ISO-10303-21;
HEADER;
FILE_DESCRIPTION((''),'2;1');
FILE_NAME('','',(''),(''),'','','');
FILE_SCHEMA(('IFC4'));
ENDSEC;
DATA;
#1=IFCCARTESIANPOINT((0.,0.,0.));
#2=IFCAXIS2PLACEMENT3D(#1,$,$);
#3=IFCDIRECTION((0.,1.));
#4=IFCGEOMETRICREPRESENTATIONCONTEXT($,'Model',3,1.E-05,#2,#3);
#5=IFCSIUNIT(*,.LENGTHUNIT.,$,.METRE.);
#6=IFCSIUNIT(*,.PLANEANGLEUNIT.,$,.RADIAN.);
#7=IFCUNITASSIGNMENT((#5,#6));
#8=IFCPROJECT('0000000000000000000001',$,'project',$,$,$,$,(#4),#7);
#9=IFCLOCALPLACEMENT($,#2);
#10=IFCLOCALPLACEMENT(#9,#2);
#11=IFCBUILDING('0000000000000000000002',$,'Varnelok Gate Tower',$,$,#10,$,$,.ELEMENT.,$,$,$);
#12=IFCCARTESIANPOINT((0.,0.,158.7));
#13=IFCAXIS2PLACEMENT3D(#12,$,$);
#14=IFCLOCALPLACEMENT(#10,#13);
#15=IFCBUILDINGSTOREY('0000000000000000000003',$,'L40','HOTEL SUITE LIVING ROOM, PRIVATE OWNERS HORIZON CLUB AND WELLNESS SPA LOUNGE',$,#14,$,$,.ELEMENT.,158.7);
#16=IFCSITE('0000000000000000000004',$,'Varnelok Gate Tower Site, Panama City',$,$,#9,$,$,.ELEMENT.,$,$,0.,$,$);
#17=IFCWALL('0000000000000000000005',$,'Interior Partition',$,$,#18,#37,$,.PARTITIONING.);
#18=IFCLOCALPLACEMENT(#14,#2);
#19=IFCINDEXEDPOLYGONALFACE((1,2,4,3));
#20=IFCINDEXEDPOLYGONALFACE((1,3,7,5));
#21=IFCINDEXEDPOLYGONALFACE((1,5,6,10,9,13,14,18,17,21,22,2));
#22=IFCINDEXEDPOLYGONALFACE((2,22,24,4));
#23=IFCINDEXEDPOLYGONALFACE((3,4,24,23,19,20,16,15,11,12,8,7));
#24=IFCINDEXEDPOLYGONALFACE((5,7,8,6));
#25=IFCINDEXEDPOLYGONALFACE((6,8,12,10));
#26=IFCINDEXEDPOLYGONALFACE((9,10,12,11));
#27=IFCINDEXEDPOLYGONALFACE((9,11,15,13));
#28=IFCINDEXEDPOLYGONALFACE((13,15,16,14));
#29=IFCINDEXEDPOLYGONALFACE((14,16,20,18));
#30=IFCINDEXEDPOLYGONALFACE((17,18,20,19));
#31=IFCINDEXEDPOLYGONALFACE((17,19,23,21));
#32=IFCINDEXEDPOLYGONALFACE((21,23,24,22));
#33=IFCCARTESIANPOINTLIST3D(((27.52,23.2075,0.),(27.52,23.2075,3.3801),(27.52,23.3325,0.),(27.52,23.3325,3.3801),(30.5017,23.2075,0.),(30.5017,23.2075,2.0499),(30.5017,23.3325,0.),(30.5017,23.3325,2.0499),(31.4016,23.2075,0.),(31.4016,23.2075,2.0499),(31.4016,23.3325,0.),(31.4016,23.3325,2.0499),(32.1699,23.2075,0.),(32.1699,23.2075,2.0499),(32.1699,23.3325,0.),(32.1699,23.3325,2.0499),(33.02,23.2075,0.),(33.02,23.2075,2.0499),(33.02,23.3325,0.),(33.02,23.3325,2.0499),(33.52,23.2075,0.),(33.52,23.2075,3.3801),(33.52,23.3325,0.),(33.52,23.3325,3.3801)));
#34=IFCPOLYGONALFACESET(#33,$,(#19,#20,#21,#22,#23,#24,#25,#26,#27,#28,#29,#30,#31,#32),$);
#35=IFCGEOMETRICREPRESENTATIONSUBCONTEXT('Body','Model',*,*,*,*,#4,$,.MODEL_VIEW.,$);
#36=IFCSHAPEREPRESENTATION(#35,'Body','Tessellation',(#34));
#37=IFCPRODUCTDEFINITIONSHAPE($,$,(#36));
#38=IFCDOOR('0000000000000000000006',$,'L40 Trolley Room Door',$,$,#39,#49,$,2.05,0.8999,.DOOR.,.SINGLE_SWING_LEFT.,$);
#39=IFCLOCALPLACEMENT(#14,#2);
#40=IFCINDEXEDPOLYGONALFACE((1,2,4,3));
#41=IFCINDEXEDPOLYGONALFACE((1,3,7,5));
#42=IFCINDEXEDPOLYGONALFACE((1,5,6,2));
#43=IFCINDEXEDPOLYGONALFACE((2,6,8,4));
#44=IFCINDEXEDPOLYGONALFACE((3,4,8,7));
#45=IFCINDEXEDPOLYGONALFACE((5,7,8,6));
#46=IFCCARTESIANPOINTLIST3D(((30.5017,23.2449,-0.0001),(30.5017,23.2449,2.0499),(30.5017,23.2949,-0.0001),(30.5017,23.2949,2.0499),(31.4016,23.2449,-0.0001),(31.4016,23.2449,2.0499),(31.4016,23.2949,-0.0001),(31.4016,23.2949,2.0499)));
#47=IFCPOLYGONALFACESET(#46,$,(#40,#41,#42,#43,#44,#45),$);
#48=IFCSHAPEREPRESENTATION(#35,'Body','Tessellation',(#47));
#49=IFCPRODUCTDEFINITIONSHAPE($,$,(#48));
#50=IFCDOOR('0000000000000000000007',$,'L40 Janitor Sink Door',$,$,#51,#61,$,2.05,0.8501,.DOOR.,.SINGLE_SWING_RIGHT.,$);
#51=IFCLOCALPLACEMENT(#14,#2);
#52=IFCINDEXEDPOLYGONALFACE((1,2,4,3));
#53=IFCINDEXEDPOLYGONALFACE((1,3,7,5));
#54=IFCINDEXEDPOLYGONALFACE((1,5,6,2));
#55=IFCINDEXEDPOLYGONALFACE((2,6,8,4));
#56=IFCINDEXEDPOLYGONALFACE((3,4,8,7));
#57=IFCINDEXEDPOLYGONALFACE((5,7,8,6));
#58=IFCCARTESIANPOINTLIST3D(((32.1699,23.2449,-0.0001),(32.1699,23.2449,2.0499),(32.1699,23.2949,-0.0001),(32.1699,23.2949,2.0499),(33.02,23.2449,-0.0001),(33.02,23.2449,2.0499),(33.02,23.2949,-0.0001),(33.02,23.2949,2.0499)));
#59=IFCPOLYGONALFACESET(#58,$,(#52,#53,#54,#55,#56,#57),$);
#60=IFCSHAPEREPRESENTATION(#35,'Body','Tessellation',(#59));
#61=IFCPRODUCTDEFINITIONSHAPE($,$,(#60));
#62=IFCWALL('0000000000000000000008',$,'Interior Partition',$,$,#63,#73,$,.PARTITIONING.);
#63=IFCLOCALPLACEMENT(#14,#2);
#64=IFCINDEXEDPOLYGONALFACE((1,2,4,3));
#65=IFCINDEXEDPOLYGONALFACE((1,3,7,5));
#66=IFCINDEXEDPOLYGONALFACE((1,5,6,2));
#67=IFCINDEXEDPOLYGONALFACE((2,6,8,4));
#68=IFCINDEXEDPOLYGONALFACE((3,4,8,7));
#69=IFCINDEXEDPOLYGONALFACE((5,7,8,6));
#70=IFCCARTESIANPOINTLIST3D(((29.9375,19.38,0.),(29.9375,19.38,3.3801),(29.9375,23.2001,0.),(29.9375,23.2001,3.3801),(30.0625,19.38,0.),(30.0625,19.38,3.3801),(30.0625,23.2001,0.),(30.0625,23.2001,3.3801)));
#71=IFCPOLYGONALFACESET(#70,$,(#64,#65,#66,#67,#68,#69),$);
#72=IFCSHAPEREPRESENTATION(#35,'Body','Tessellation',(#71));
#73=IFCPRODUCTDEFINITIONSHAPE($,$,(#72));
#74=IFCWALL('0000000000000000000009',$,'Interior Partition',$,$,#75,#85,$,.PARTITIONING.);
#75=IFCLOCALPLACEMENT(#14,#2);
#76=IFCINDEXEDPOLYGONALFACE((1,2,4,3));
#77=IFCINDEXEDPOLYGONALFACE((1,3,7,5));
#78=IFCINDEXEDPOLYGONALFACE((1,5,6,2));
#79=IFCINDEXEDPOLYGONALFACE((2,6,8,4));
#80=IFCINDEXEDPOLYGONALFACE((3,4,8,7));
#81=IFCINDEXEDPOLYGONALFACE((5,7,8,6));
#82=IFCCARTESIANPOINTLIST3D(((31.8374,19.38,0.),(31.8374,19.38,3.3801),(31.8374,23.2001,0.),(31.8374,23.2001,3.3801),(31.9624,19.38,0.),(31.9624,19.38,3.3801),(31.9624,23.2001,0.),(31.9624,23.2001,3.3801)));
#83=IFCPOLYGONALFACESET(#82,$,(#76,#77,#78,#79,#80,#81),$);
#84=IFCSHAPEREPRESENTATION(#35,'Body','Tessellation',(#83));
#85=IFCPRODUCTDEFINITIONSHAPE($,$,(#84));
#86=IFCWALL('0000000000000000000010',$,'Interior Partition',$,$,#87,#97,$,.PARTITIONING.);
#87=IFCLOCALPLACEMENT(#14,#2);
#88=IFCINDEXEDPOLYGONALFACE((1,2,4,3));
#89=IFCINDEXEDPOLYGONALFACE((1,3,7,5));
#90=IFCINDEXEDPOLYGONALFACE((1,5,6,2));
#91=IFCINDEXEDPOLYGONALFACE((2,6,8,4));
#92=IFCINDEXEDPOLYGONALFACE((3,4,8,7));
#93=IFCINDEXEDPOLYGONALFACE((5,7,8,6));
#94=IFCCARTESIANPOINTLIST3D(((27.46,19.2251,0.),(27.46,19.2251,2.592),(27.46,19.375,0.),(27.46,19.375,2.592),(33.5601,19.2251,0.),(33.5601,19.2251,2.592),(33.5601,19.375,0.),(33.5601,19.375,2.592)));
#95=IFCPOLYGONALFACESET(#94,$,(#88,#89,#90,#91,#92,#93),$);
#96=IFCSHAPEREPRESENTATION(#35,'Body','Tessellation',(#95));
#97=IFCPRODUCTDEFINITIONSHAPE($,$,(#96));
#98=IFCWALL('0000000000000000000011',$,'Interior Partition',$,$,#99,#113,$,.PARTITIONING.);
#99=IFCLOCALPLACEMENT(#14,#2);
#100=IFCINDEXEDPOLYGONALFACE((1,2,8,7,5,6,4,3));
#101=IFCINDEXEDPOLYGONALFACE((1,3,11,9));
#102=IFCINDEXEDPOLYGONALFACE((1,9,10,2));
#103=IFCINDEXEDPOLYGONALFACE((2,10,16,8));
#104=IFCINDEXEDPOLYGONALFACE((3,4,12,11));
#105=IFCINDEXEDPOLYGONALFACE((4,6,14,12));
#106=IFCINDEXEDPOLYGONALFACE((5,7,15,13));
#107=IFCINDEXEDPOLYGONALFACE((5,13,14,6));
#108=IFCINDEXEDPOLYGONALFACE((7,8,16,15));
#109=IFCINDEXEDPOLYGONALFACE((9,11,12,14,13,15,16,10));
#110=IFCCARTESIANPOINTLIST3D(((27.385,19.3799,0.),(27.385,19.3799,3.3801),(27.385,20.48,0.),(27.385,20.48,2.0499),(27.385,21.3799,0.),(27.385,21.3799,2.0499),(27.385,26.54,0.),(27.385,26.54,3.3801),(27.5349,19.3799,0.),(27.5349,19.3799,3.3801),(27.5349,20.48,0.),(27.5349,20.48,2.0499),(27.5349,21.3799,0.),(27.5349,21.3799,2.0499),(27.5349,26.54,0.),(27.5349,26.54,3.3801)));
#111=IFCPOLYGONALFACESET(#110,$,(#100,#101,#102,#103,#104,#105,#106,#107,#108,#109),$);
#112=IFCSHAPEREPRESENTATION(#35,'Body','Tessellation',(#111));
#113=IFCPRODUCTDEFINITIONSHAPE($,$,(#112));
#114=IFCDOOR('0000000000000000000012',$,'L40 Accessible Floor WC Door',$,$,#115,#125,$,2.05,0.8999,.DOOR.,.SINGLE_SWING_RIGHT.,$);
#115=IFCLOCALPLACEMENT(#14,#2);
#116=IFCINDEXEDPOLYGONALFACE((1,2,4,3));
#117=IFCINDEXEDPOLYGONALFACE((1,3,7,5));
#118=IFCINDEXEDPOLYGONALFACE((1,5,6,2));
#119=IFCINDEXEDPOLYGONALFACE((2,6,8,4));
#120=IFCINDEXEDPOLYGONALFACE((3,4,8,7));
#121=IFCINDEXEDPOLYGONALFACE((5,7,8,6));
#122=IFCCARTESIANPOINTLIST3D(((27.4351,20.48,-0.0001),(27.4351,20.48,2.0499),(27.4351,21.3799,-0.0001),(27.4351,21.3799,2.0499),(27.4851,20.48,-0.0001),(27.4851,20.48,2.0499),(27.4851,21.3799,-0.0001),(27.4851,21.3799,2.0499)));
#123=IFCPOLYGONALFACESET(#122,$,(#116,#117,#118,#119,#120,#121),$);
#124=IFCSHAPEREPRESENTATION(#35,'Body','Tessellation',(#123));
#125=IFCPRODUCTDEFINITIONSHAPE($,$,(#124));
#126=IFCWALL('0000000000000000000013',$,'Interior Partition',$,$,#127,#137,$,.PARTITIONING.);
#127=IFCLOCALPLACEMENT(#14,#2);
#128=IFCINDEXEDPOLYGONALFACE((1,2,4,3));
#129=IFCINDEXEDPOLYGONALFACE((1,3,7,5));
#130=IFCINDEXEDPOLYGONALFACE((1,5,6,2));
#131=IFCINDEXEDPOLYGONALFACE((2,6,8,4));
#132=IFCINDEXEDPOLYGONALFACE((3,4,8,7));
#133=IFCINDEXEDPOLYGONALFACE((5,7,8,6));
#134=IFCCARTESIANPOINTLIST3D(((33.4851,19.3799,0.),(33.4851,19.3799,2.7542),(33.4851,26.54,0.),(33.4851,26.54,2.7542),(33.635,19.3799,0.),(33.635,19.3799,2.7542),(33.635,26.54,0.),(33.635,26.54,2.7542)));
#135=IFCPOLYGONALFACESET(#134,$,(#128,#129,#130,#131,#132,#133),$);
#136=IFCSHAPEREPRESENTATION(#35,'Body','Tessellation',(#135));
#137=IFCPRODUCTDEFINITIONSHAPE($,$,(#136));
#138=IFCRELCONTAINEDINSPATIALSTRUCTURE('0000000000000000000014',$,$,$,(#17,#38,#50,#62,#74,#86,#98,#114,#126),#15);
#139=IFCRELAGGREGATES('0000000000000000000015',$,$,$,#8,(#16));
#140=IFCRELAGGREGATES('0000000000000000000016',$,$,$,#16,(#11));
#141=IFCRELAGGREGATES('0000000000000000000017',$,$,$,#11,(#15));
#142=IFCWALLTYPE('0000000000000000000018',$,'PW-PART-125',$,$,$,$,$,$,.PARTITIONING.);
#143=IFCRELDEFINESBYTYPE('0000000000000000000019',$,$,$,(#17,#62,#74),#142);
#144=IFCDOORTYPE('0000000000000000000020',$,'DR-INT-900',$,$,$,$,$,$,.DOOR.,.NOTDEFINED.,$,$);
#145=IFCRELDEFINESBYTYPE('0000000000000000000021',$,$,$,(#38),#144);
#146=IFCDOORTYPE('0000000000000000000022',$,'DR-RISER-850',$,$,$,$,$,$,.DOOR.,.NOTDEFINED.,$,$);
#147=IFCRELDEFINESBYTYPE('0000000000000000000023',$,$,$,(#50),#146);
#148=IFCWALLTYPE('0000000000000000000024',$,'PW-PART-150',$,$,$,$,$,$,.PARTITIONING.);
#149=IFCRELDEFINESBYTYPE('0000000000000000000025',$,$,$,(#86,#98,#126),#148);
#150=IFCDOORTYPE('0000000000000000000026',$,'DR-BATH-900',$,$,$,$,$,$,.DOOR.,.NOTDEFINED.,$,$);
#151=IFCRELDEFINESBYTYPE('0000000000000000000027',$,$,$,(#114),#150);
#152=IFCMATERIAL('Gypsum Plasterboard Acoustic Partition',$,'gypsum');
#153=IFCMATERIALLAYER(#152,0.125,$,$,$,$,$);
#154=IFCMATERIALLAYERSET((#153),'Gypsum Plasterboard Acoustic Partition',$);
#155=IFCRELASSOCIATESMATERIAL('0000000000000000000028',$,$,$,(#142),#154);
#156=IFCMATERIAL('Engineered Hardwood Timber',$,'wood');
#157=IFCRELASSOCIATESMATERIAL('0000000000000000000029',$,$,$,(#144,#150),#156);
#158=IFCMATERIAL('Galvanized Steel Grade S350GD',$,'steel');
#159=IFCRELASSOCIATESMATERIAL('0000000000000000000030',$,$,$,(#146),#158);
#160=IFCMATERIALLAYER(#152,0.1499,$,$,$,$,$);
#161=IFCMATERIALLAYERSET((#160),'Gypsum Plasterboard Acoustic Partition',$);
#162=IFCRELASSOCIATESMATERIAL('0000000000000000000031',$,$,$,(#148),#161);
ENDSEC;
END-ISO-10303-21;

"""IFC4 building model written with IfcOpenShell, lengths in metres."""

from ifc_helpers import new_model, si_unit, direction, frame, frame_2d, origin, place, context, subcontext, project, spatial, rectangle, extrude, material, layer, layer_set, type_object, element, fill, save


model = new_model("IFC4")

# Units and contexts
model_context = context("Model", 3, precision=1e-05, world=origin(), true_north=direction((0.0, 1.0)))
body_context = subcontext(model_context, "Body", "Model", "MODEL_VIEW")
ifc_project = project(units=[si_unit("LENGTHUNIT", "METRE"), si_unit("PLANEANGLEUNIT", "RADIAN")], contexts=[model_context])

# Site, building, storey
site_placement = place(None, origin())
site = spatial("IfcSite", under=ifc_project, at=site_placement, Name="Varnelok Gate Tower Site, Panama City", CompositionType="ELEMENT", RefElevation=0.0)
building_placement = place(site_placement, origin())
building = spatial("IfcBuilding", under=site, at=building_placement, Name="Varnelok Gate Tower", CompositionType="ELEMENT")
storey_placement = place(building_placement, frame((0.0, 0.0, 158.7)))
storey = spatial("IfcBuildingStorey", under=building, at=storey_placement, Name="L40", Description="HOTEL SUITE LIVING ROOM, PRIVATE OWNERS HORIZON CLUB AND WELLNESS SPA LOUNGE", CompositionType="ELEMENT", Elevation=158.7)

# Shared definitions
ifc_material_1 = material(Name="Gypsum Plasterboard Acoustic Partition", Category="gypsum")
ifc_material_2 = material(Name="Engineered Hardwood Timber", Category="wood")

# Shared definitions
ifc_layer_1 = layer(ifc_material_1, 0.125)
ifc_layer_set_1 = layer_set([ifc_layer_1], Name="Gypsum Plasterboard Acoustic Partition")
wall_type_1 = type_object("IfcWallType", Name="PW-PART-125", PredefinedType="PARTITIONING", material=ifc_layer_set_1)

# Wall, openings, doors
wall_1_placement = place(storey_placement, frame((27.52, 23.27, 0.0), z_axis=(0.0, 0.0, 1.0), x_axis=(1.0, 0.0, 0.0)))
wall_1 = element("IfcWall", 1, at=wall_1_placement, inside=storey, type_object=wall_type_1, Name="Interior Partition", PredefinedType="PARTITIONING", context=body_context, shape_type="SweptSolid", body=[
    extrude(rectangle(XDim=6.0, YDim=0.125, at=frame_2d((3.0, 0.0))), origin(), (0.0, 0.0, 1.0), 3.3801),
])
opening_1_placement = place(wall_1_placement, frame((2.9817, 0.0, 0.0)))
opening_1 = element("IfcOpeningElement", 2, at=opening_1_placement, cuts=wall_1, PredefinedType="OPENING", context=body_context, shape_type="SweptSolid", body=[
    extrude(rectangle(XDim=0.8999, YDim=2.05, at=frame_2d((0.45, 1.0249))), frame((0.0, 0.0725, 0.0), z_axis=(0.0, -1.0, 0.0), x_axis=(1.0, 0.0, 0.0)), (0.0, 0.0, 1.0), 0.145),
])
opening_2_placement = place(wall_1_placement, frame((4.6499, 0.0, 0.0)))
opening_2 = element("IfcOpeningElement", 3, at=opening_2_placement, cuts=wall_1, PredefinedType="OPENING", context=body_context, shape_type="SweptSolid", body=[
    extrude(rectangle(XDim=0.8501, YDim=2.05, at=frame_2d((0.425, 1.0249))), frame((0.0, 0.0725, 0.0), z_axis=(0.0, -1.0, 0.0), x_axis=(1.0, 0.0, 0.0)), (0.0, 0.0, 1.0), 0.145),
])
door_type_1 = type_object("IfcDoorType", Name="DR-INT-900", OperationType="NOTDEFINED", PredefinedType="DOOR", material=ifc_material_2)
door_1_placement = place(opening_1_placement, origin())
door_1 = element("IfcDoor", 4, at=door_1_placement, inside=storey, type_object=door_type_1, Name="L40 Trolley Room Door", OperationType="SINGLE_SWING_LEFT", OverallHeight=2.05, OverallWidth=0.8999, PredefinedType="DOOR", context=body_context, shape_type="SweptSolid", body=[
    extrude(rectangle(XDim=0.8999, YDim=2.05, at=frame_2d((0.45, 1.0249))), frame((0.0, 0.0249, 0.0), z_axis=(0.0, -1.0, 0.0), x_axis=(1.0, 0.0, 0.0)), (0.0, 0.0, 1.0), 0.05),
])
fill(opening_1, door_1)
ifc_material_3 = material(Name="Galvanized Steel Grade S350GD", Category="steel")
door_type_2 = type_object("IfcDoorType", Name="DR-RISER-850", OperationType="NOTDEFINED", PredefinedType="DOOR", material=ifc_material_3)
door_2_placement = place(opening_2_placement, origin())
door_2 = element("IfcDoor", 5, at=door_2_placement, inside=storey, type_object=door_type_2, Name="L40 Janitor Sink Door", OperationType="SINGLE_SWING_RIGHT", OverallHeight=2.05, OverallWidth=0.8501, PredefinedType="DOOR", context=body_context, shape_type="SweptSolid", body=[
    extrude(rectangle(XDim=0.8501, YDim=2.05, at=frame_2d((0.425, 1.0249))), frame((0.0, 0.0249, 0.0), z_axis=(0.0, -1.0, 0.0), x_axis=(1.0, 0.0, 0.0)), (0.0, 0.0, 1.0), 0.05),
])
fill(opening_2, door_2)

# Walls
for number, where, z_axis, x_axis, name in (
    (6, (30.0, 19.3799, 0.0), (0.0, 0.0, 1.0), (0.0, 1.0, 0.0), "Interior Partition"),
    (7, (31.8999, 19.3799, 0.0), (0.0, 0.0, 1.0), (0.0, 1.0, 0.0), "Interior Partition"),
):
    element("IfcWall", number, at=place(storey_placement, frame(where, z_axis=z_axis, x_axis=x_axis)), inside=storey, type_object=wall_type_1, Name=name, PredefinedType="PARTITIONING", context=body_context, shape_type="SweptSolid", body=[
        extrude(rectangle(XDim=3.8201, YDim=0.125, at=frame_2d((1.9102, 0.0))), origin(), (0.0, 0.0, 1.0), 3.3801),
    ])
ifc_layer_2 = layer(ifc_material_1, 0.1499)
ifc_layer_set_2 = layer_set([ifc_layer_2], Name="Gypsum Plasterboard Acoustic Partition")
wall_type_2 = type_object("IfcWallType", Name="PW-PART-150", PredefinedType="PARTITIONING", material=ifc_layer_set_2)
wall_2_placement = place(storey_placement, frame((27.46, 19.3, 0.0), z_axis=(0.0, 0.0, 1.0), x_axis=(1.0, 0.0, 0.0)))
element("IfcWall", 8, at=wall_2_placement, inside=storey, type_object=wall_type_2, Name="Interior Partition", PredefinedType="PARTITIONING", context=body_context, shape_type="SweptSolid", body=[
    extrude(rectangle(XDim=6.1001, YDim=0.1499, at=frame_2d((3.05, 0.0))), origin(), (0.0, 0.0, 1.0), 2.592),
])

# Wall, opening, door
wall_3_placement = place(storey_placement, frame((27.46, 19.3799, 0.0), z_axis=(0.0, 0.0, 1.0), x_axis=(0.0, 1.0, 0.0)))
wall_3 = element("IfcWall", 9, at=wall_3_placement, inside=storey, type_object=wall_type_2, Name="Interior Partition", PredefinedType="PARTITIONING", context=body_context, shape_type="SweptSolid", body=[
    extrude(rectangle(XDim=7.1602, YDim=0.1499, at=frame_2d((3.5801, 0.0))), origin(), (0.0, 0.0, 1.0), 3.3801),
])
opening_3_placement = place(wall_3_placement, frame((1.1001, 0.0, 0.0)))
opening_3 = element("IfcOpeningElement", 10, at=opening_3_placement, cuts=wall_3, PredefinedType="OPENING", context=body_context, shape_type="SweptSolid", body=[
    extrude(rectangle(XDim=0.8999, YDim=2.05, at=frame_2d((0.45, 1.0249))), frame((0.0, 0.085, 0.0), z_axis=(0.0, -1.0, 0.0), x_axis=(1.0, 0.0, 0.0)), (0.0, 0.0, 1.0), 0.1699),
])
door_type_3 = type_object("IfcDoorType", Name="DR-BATH-900", OperationType="NOTDEFINED", PredefinedType="DOOR", material=ifc_material_2)
door_3_placement = place(opening_3_placement, origin())
door_3 = element("IfcDoor", 11, at=door_3_placement, inside=storey, type_object=door_type_3, Name="L40 Accessible Floor WC Door", OperationType="SINGLE_SWING_RIGHT", OverallHeight=2.05, OverallWidth=0.8999, PredefinedType="DOOR", context=body_context, shape_type="SweptSolid", body=[
    extrude(rectangle(XDim=0.8999, YDim=2.05, at=frame_2d((0.45, 1.0249))), frame((0.0, 0.0249, 0.0), z_axis=(0.0, -1.0, 0.0), x_axis=(1.0, 0.0, 0.0)), (0.0, 0.0, 1.0), 0.05),
])
fill(opening_3, door_3)

# Wall
wall_4_placement = place(storey_placement, frame((33.5601, 19.3799, 0.0), z_axis=(0.0, 0.0, 1.0), x_axis=(0.0, 1.0, 0.0)))
element("IfcWall", 12, at=wall_4_placement, inside=storey, type_object=wall_type_2, Name="Interior Partition", PredefinedType="PARTITIONING", context=body_context, shape_type="SweptSolid", body=[
    extrude(rectangle(XDim=7.1602, YDim=0.1499, at=frame_2d((3.5801, 0.0))), origin(), (0.0, 0.0, 1.0), 2.7542),
])

save(model, "model.ifc")
